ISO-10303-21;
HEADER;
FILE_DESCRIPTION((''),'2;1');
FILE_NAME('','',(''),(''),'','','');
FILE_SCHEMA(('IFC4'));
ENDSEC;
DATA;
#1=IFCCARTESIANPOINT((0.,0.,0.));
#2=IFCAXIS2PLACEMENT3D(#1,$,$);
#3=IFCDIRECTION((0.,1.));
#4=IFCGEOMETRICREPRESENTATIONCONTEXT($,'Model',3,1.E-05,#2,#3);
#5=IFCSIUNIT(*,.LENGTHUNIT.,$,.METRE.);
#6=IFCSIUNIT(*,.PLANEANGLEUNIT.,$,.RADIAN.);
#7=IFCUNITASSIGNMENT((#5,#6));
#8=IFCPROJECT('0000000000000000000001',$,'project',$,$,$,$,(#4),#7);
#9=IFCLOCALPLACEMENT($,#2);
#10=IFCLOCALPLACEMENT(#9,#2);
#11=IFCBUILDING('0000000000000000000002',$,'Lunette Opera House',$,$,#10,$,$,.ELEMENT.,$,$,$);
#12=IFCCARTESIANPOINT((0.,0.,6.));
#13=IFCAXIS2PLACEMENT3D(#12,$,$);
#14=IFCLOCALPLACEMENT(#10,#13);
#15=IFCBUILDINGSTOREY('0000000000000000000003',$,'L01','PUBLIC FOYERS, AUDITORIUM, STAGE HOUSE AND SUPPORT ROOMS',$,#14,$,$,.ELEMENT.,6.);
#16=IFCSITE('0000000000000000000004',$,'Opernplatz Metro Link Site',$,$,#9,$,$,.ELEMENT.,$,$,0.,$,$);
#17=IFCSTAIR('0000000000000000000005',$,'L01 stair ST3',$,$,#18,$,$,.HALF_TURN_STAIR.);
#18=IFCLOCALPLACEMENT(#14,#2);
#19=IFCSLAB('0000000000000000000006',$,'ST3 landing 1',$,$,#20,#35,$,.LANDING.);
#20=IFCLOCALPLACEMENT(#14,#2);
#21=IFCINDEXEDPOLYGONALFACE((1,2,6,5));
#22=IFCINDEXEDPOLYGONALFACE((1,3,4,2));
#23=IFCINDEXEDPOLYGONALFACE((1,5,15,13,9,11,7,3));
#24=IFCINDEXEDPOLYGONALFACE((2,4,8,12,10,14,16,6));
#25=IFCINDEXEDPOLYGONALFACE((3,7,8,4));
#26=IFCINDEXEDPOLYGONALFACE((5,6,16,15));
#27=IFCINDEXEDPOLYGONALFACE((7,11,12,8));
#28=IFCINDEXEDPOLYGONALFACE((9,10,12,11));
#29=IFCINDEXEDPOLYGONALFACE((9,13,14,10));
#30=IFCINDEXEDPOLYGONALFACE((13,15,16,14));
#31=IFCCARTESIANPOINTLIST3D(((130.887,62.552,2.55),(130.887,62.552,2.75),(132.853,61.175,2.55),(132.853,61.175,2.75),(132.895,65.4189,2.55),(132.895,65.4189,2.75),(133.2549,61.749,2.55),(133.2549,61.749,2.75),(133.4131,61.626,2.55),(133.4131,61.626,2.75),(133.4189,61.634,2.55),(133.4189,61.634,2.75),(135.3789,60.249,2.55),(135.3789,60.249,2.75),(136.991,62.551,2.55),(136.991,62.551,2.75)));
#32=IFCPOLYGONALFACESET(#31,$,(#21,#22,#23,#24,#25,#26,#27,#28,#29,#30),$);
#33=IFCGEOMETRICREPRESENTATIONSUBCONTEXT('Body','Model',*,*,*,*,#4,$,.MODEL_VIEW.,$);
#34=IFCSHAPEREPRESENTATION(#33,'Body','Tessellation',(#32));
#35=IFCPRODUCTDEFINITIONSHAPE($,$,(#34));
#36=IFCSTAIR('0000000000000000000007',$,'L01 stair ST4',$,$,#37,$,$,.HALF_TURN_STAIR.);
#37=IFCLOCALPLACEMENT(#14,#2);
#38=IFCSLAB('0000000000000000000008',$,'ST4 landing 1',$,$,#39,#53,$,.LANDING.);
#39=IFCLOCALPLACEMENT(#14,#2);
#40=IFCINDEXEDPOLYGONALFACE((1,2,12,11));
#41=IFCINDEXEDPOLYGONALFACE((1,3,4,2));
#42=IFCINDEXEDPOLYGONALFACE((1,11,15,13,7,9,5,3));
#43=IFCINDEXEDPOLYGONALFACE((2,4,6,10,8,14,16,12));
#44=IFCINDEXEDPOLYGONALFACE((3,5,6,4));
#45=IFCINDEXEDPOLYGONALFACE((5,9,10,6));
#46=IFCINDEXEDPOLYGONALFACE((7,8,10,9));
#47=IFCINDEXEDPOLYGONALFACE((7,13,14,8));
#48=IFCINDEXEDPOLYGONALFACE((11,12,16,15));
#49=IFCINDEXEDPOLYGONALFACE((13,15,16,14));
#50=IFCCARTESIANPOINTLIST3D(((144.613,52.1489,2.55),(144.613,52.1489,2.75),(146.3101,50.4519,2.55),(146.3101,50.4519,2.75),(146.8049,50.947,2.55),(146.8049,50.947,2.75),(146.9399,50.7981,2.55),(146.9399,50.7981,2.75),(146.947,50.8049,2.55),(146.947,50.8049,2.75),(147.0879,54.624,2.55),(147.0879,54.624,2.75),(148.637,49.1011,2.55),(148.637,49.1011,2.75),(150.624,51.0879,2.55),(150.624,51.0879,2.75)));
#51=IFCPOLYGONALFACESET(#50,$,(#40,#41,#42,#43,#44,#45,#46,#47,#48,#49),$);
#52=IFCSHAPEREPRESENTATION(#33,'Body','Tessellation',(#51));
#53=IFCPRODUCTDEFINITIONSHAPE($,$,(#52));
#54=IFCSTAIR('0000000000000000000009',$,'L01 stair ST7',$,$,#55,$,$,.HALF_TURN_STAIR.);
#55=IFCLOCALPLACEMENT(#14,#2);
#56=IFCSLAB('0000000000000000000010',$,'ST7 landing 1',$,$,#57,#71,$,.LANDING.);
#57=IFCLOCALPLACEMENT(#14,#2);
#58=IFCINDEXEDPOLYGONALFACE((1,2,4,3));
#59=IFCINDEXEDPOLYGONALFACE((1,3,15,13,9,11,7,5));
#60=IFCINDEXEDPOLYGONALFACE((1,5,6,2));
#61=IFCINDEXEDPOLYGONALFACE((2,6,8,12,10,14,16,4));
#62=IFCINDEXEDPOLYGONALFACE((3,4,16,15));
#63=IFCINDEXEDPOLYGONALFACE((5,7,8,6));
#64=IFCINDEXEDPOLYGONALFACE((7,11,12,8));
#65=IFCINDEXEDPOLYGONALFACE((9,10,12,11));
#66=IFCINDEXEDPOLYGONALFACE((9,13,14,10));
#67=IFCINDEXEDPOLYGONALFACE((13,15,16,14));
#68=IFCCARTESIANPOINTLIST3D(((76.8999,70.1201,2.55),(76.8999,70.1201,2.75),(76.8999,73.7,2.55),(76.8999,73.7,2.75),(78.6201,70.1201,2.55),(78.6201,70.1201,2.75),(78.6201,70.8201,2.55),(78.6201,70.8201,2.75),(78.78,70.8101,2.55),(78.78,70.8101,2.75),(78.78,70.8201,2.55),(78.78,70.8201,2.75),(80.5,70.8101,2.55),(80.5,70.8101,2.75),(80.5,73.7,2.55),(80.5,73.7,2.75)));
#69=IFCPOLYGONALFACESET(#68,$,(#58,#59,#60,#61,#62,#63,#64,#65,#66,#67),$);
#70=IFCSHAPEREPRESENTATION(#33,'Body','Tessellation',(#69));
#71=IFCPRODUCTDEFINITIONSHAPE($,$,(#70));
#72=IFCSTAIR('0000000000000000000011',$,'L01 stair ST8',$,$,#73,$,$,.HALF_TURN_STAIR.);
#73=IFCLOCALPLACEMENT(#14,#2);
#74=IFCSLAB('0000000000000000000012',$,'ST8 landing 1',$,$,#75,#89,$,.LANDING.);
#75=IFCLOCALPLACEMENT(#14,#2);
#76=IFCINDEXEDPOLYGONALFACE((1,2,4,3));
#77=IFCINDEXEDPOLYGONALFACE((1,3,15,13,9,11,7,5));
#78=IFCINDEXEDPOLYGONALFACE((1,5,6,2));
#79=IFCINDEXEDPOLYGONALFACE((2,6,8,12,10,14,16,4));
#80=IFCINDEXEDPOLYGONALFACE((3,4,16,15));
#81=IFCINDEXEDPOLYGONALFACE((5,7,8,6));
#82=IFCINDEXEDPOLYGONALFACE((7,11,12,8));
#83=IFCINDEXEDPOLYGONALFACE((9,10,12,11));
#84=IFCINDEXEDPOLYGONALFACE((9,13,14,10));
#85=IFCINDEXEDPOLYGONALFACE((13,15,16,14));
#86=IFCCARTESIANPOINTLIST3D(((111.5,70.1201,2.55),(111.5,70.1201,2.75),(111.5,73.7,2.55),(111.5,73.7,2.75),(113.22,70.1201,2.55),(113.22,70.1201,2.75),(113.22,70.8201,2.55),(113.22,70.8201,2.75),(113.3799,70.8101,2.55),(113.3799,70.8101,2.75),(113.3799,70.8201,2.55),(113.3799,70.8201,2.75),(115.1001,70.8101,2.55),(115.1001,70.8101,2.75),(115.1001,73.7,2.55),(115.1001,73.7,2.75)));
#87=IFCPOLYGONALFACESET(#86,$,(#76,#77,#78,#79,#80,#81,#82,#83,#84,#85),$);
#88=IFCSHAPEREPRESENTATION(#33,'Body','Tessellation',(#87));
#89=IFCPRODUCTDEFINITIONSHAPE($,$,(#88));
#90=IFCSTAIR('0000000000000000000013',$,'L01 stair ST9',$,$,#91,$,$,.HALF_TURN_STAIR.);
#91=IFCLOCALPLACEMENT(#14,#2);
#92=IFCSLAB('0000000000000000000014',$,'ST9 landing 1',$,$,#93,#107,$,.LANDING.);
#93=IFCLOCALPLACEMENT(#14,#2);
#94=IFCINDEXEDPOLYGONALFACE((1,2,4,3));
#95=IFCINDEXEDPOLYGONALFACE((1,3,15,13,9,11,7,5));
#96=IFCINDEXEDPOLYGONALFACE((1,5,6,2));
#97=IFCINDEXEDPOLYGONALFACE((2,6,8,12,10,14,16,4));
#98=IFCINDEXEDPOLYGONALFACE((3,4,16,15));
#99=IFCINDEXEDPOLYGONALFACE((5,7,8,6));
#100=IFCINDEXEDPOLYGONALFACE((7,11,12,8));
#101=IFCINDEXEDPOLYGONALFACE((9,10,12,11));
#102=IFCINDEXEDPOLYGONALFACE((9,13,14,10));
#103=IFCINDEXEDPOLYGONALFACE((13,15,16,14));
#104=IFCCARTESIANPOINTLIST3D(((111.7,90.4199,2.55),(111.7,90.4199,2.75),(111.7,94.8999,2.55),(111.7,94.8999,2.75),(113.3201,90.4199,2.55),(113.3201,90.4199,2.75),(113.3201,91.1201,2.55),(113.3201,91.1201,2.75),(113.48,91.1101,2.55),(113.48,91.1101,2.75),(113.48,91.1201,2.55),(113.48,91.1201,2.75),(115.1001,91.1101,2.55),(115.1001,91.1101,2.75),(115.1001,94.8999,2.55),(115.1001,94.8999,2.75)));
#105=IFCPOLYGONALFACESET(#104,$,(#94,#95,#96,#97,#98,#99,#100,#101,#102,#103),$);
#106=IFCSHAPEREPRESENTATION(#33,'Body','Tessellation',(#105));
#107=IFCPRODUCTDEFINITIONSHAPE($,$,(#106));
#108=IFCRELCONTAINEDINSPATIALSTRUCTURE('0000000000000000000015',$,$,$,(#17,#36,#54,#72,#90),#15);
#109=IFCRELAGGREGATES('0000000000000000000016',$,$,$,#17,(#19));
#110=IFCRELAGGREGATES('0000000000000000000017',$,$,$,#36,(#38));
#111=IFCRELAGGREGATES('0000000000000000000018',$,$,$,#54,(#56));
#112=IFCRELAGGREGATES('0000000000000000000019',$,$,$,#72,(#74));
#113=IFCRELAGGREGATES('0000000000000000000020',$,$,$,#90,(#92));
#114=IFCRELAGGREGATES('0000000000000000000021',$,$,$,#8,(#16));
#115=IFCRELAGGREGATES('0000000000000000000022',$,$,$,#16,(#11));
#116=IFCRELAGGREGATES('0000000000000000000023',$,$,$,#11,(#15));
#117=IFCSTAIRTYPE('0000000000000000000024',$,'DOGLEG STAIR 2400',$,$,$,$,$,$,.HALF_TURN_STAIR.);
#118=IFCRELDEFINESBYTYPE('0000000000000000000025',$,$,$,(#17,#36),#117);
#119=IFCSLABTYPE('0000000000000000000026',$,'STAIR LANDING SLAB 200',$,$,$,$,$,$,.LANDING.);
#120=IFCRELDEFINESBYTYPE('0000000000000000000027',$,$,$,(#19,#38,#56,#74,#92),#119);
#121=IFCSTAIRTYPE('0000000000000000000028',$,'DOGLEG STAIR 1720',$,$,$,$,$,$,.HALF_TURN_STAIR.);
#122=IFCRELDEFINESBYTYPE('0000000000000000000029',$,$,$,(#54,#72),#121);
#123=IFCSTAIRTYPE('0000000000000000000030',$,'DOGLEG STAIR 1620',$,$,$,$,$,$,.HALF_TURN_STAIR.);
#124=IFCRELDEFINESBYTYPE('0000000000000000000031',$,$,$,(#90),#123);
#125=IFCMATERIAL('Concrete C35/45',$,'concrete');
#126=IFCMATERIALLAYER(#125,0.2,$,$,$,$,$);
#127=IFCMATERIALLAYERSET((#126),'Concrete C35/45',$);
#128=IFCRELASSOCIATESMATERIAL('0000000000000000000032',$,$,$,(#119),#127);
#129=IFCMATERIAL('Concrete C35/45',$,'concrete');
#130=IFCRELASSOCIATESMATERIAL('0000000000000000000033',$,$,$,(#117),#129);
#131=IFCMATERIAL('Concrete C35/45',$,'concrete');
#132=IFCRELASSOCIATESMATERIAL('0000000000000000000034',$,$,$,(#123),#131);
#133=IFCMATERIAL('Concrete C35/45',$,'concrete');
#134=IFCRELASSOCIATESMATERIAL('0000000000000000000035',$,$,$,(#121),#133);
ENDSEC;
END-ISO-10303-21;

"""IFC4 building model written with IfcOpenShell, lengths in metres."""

from ifc_helpers import new_model, si_unit, direction, frame, origin, place, context, subcontext, project, spatial, polyline, outline, extrude, material, layer, layer_set, type_object, element, aggregate, save


model = new_model("IFC4")

# Units and contexts
model_context = context("Model", 3, precision=1e-05, world=origin(), true_north=direction((0.0, 1.0)))
body_context = subcontext(model_context, "Body", "Model", "MODEL_VIEW")
ifc_project = project(units=[si_unit("LENGTHUNIT", "METRE"), si_unit("PLANEANGLEUNIT", "RADIAN")], contexts=[model_context])

# Site, building, storey
site_placement = place(None, origin())
site = spatial("IfcSite", under=ifc_project, at=site_placement, Name="Opernplatz Metro Link Site", CompositionType="ELEMENT", RefElevation=0.0)
building_placement = place(site_placement, origin())
building = spatial("IfcBuilding", under=site, at=building_placement, Name="Lunette Opera House", CompositionType="ELEMENT")
storey_placement = place(building_placement, frame((0.0, 0.0, 6.0)))
storey = spatial("IfcBuildingStorey", under=building, at=storey_placement, Name="L01", Description="PUBLIC FOYERS, AUDITORIUM, STAGE HOUSE AND SUPPORT ROOMS", CompositionType="ELEMENT", Elevation=6.0)

# Shared definitions
ifc_material_1 = material(Name="Concrete C35/45", Category="concrete")
ifc_layer = layer(ifc_material_1, 0.2)
ifc_layer_set = layer_set([ifc_layer], Name="Concrete C35/45")
slab_type = type_object("IfcSlabType", Name="STAIR LANDING SLAB 200", PredefinedType="LANDING", material=ifc_layer_set)
ifc_material_2 = material(Name="Concrete C35/45", Category="concrete")
stair_type_1 = type_object("IfcStairType", Name="DOGLEG STAIR 2400", PredefinedType="HALF_TURN_STAIR", material=ifc_material_2)
ifc_material_3 = material(Name="Concrete C35/45", Category="concrete")
stair_type_2 = type_object("IfcStairType", Name="DOGLEG STAIR 1620", PredefinedType="HALF_TURN_STAIR", material=ifc_material_3)

# Stairs, slabs
stair_1_placement = place(storey_placement, origin())
stair_1 = element("IfcStair", 1, at=stair_1_placement, inside=storey, type_object=stair_type_1, Name="L01 stair ST3", PredefinedType="HALF_TURN_STAIR")
slab_1_placement = place(storey_placement, frame((0.0, 0.0, 2.55)))
slab_1 = element("IfcSlab", 2, at=slab_1_placement, type_object=slab_type, Name="ST3 landing 1", PredefinedType="LANDING", context=body_context, shape_type="SweptSolid", body=[
    extrude(outline(polyline([(135.3789, 60.249), (133.4131, 61.626), (133.4189, 61.634), (133.2549, 61.749), (132.853, 61.175), (130.887, 62.552), (132.895, 65.4189), (136.991, 62.551), (135.3789, 60.249)])), origin(), (0.0, 0.0, 1.0), 0.2),
])
aggregate(stair_1, [slab_1])
stair_2_placement = place(storey_placement, origin())
stair_2 = element("IfcStair", 3, at=stair_2_placement, inside=storey, type_object=stair_type_1, Name="L01 stair ST4", PredefinedType="HALF_TURN_STAIR")
slab_2_placement = place(storey_placement, frame((0.0, 0.0, 2.55)))
slab_2 = element("IfcSlab", 4, at=slab_2_placement, type_object=slab_type, Name="ST4 landing 1", PredefinedType="LANDING", context=body_context, shape_type="SweptSolid", body=[
    extrude(outline(polyline([(148.637, 49.1011), (146.9399, 50.7981), (146.947, 50.8049), (146.8049, 50.947), (146.3101, 50.4519), (144.613, 52.1489), (147.0879, 54.624), (150.624, 51.0879), (148.637, 49.1011)])), origin(), (0.0, 0.0, 1.0), 0.2),
])
aggregate(stair_2, [slab_2])
ifc_material_4 = material(Name="Concrete C35/45", Category="concrete")
stair_type_3 = type_object("IfcStairType", Name="DOGLEG STAIR 1720", PredefinedType="HALF_TURN_STAIR", material=ifc_material_4)
stair_3_placement = place(storey_placement, origin())
stair_3 = element("IfcStair", 5, at=stair_3_placement, inside=storey, type_object=stair_type_3, Name="L01 stair ST7", PredefinedType="HALF_TURN_STAIR")
slab_3_placement = place(storey_placement, frame((0.0, 0.0, 2.55)))
slab_3 = element("IfcSlab", 6, at=slab_3_placement, type_object=slab_type, Name="ST7 landing 1", PredefinedType="LANDING", context=body_context, shape_type="SweptSolid", body=[
    extrude(outline(polyline([(80.5, 70.8101), (78.78, 70.8101), (78.78, 70.8201), (78.6201, 70.8201), (78.6201, 70.1201), (76.8999, 70.1201), (76.8999, 73.7), (80.5, 73.7), (80.5, 70.8101)])), origin(), (0.0, 0.0, 1.0), 0.2),
])
aggregate(stair_3, [slab_3])
stair_4_placement = place(storey_placement, origin())
stair_4 = element("IfcStair", 7, at=stair_4_placement, inside=storey, type_object=stair_type_3, Name="L01 stair ST8", PredefinedType="HALF_TURN_STAIR")
slab_4_placement = place(storey_placement, frame((0.0, 0.0, 2.55)))
slab_4 = element("IfcSlab", 8, at=slab_4_placement, type_object=slab_type, Name="ST8 landing 1", PredefinedType="LANDING", context=body_context, shape_type="SweptSolid", body=[
    extrude(outline(polyline([(115.1001, 70.8101), (113.3799, 70.8101), (113.3799, 70.8201), (113.22, 70.8201), (113.22, 70.1201), (111.5, 70.1201), (111.5, 73.7), (115.1001, 73.7), (115.1001, 70.8101)])), origin(), (0.0, 0.0, 1.0), 0.2),
])
aggregate(stair_4, [slab_4])
stair_5_placement = place(storey_placement, origin())
stair_5 = element("IfcStair", 9, at=stair_5_placement, inside=storey, type_object=stair_type_2, Name="L01 stair ST9", PredefinedType="HALF_TURN_STAIR")
slab_5_placement = place(storey_placement, frame((0.0, 0.0, 2.55)))
slab_5 = element("IfcSlab", 10, at=slab_5_placement, type_object=slab_type, Name="ST9 landing 1", PredefinedType="LANDING", context=body_context, shape_type="SweptSolid", body=[
    extrude(outline(polyline([(115.1001, 94.8999), (115.1001, 91.1101), (113.48, 91.1101), (113.48, 91.1201), (113.3201, 91.1201), (113.3201, 90.4199), (111.7, 90.4199), (111.7, 94.8999), (115.1001, 94.8999)])), origin(), (0.0, 0.0, 1.0), 0.2),
])
aggregate(stair_5, [slab_5])

save(model, "model.ifc")
